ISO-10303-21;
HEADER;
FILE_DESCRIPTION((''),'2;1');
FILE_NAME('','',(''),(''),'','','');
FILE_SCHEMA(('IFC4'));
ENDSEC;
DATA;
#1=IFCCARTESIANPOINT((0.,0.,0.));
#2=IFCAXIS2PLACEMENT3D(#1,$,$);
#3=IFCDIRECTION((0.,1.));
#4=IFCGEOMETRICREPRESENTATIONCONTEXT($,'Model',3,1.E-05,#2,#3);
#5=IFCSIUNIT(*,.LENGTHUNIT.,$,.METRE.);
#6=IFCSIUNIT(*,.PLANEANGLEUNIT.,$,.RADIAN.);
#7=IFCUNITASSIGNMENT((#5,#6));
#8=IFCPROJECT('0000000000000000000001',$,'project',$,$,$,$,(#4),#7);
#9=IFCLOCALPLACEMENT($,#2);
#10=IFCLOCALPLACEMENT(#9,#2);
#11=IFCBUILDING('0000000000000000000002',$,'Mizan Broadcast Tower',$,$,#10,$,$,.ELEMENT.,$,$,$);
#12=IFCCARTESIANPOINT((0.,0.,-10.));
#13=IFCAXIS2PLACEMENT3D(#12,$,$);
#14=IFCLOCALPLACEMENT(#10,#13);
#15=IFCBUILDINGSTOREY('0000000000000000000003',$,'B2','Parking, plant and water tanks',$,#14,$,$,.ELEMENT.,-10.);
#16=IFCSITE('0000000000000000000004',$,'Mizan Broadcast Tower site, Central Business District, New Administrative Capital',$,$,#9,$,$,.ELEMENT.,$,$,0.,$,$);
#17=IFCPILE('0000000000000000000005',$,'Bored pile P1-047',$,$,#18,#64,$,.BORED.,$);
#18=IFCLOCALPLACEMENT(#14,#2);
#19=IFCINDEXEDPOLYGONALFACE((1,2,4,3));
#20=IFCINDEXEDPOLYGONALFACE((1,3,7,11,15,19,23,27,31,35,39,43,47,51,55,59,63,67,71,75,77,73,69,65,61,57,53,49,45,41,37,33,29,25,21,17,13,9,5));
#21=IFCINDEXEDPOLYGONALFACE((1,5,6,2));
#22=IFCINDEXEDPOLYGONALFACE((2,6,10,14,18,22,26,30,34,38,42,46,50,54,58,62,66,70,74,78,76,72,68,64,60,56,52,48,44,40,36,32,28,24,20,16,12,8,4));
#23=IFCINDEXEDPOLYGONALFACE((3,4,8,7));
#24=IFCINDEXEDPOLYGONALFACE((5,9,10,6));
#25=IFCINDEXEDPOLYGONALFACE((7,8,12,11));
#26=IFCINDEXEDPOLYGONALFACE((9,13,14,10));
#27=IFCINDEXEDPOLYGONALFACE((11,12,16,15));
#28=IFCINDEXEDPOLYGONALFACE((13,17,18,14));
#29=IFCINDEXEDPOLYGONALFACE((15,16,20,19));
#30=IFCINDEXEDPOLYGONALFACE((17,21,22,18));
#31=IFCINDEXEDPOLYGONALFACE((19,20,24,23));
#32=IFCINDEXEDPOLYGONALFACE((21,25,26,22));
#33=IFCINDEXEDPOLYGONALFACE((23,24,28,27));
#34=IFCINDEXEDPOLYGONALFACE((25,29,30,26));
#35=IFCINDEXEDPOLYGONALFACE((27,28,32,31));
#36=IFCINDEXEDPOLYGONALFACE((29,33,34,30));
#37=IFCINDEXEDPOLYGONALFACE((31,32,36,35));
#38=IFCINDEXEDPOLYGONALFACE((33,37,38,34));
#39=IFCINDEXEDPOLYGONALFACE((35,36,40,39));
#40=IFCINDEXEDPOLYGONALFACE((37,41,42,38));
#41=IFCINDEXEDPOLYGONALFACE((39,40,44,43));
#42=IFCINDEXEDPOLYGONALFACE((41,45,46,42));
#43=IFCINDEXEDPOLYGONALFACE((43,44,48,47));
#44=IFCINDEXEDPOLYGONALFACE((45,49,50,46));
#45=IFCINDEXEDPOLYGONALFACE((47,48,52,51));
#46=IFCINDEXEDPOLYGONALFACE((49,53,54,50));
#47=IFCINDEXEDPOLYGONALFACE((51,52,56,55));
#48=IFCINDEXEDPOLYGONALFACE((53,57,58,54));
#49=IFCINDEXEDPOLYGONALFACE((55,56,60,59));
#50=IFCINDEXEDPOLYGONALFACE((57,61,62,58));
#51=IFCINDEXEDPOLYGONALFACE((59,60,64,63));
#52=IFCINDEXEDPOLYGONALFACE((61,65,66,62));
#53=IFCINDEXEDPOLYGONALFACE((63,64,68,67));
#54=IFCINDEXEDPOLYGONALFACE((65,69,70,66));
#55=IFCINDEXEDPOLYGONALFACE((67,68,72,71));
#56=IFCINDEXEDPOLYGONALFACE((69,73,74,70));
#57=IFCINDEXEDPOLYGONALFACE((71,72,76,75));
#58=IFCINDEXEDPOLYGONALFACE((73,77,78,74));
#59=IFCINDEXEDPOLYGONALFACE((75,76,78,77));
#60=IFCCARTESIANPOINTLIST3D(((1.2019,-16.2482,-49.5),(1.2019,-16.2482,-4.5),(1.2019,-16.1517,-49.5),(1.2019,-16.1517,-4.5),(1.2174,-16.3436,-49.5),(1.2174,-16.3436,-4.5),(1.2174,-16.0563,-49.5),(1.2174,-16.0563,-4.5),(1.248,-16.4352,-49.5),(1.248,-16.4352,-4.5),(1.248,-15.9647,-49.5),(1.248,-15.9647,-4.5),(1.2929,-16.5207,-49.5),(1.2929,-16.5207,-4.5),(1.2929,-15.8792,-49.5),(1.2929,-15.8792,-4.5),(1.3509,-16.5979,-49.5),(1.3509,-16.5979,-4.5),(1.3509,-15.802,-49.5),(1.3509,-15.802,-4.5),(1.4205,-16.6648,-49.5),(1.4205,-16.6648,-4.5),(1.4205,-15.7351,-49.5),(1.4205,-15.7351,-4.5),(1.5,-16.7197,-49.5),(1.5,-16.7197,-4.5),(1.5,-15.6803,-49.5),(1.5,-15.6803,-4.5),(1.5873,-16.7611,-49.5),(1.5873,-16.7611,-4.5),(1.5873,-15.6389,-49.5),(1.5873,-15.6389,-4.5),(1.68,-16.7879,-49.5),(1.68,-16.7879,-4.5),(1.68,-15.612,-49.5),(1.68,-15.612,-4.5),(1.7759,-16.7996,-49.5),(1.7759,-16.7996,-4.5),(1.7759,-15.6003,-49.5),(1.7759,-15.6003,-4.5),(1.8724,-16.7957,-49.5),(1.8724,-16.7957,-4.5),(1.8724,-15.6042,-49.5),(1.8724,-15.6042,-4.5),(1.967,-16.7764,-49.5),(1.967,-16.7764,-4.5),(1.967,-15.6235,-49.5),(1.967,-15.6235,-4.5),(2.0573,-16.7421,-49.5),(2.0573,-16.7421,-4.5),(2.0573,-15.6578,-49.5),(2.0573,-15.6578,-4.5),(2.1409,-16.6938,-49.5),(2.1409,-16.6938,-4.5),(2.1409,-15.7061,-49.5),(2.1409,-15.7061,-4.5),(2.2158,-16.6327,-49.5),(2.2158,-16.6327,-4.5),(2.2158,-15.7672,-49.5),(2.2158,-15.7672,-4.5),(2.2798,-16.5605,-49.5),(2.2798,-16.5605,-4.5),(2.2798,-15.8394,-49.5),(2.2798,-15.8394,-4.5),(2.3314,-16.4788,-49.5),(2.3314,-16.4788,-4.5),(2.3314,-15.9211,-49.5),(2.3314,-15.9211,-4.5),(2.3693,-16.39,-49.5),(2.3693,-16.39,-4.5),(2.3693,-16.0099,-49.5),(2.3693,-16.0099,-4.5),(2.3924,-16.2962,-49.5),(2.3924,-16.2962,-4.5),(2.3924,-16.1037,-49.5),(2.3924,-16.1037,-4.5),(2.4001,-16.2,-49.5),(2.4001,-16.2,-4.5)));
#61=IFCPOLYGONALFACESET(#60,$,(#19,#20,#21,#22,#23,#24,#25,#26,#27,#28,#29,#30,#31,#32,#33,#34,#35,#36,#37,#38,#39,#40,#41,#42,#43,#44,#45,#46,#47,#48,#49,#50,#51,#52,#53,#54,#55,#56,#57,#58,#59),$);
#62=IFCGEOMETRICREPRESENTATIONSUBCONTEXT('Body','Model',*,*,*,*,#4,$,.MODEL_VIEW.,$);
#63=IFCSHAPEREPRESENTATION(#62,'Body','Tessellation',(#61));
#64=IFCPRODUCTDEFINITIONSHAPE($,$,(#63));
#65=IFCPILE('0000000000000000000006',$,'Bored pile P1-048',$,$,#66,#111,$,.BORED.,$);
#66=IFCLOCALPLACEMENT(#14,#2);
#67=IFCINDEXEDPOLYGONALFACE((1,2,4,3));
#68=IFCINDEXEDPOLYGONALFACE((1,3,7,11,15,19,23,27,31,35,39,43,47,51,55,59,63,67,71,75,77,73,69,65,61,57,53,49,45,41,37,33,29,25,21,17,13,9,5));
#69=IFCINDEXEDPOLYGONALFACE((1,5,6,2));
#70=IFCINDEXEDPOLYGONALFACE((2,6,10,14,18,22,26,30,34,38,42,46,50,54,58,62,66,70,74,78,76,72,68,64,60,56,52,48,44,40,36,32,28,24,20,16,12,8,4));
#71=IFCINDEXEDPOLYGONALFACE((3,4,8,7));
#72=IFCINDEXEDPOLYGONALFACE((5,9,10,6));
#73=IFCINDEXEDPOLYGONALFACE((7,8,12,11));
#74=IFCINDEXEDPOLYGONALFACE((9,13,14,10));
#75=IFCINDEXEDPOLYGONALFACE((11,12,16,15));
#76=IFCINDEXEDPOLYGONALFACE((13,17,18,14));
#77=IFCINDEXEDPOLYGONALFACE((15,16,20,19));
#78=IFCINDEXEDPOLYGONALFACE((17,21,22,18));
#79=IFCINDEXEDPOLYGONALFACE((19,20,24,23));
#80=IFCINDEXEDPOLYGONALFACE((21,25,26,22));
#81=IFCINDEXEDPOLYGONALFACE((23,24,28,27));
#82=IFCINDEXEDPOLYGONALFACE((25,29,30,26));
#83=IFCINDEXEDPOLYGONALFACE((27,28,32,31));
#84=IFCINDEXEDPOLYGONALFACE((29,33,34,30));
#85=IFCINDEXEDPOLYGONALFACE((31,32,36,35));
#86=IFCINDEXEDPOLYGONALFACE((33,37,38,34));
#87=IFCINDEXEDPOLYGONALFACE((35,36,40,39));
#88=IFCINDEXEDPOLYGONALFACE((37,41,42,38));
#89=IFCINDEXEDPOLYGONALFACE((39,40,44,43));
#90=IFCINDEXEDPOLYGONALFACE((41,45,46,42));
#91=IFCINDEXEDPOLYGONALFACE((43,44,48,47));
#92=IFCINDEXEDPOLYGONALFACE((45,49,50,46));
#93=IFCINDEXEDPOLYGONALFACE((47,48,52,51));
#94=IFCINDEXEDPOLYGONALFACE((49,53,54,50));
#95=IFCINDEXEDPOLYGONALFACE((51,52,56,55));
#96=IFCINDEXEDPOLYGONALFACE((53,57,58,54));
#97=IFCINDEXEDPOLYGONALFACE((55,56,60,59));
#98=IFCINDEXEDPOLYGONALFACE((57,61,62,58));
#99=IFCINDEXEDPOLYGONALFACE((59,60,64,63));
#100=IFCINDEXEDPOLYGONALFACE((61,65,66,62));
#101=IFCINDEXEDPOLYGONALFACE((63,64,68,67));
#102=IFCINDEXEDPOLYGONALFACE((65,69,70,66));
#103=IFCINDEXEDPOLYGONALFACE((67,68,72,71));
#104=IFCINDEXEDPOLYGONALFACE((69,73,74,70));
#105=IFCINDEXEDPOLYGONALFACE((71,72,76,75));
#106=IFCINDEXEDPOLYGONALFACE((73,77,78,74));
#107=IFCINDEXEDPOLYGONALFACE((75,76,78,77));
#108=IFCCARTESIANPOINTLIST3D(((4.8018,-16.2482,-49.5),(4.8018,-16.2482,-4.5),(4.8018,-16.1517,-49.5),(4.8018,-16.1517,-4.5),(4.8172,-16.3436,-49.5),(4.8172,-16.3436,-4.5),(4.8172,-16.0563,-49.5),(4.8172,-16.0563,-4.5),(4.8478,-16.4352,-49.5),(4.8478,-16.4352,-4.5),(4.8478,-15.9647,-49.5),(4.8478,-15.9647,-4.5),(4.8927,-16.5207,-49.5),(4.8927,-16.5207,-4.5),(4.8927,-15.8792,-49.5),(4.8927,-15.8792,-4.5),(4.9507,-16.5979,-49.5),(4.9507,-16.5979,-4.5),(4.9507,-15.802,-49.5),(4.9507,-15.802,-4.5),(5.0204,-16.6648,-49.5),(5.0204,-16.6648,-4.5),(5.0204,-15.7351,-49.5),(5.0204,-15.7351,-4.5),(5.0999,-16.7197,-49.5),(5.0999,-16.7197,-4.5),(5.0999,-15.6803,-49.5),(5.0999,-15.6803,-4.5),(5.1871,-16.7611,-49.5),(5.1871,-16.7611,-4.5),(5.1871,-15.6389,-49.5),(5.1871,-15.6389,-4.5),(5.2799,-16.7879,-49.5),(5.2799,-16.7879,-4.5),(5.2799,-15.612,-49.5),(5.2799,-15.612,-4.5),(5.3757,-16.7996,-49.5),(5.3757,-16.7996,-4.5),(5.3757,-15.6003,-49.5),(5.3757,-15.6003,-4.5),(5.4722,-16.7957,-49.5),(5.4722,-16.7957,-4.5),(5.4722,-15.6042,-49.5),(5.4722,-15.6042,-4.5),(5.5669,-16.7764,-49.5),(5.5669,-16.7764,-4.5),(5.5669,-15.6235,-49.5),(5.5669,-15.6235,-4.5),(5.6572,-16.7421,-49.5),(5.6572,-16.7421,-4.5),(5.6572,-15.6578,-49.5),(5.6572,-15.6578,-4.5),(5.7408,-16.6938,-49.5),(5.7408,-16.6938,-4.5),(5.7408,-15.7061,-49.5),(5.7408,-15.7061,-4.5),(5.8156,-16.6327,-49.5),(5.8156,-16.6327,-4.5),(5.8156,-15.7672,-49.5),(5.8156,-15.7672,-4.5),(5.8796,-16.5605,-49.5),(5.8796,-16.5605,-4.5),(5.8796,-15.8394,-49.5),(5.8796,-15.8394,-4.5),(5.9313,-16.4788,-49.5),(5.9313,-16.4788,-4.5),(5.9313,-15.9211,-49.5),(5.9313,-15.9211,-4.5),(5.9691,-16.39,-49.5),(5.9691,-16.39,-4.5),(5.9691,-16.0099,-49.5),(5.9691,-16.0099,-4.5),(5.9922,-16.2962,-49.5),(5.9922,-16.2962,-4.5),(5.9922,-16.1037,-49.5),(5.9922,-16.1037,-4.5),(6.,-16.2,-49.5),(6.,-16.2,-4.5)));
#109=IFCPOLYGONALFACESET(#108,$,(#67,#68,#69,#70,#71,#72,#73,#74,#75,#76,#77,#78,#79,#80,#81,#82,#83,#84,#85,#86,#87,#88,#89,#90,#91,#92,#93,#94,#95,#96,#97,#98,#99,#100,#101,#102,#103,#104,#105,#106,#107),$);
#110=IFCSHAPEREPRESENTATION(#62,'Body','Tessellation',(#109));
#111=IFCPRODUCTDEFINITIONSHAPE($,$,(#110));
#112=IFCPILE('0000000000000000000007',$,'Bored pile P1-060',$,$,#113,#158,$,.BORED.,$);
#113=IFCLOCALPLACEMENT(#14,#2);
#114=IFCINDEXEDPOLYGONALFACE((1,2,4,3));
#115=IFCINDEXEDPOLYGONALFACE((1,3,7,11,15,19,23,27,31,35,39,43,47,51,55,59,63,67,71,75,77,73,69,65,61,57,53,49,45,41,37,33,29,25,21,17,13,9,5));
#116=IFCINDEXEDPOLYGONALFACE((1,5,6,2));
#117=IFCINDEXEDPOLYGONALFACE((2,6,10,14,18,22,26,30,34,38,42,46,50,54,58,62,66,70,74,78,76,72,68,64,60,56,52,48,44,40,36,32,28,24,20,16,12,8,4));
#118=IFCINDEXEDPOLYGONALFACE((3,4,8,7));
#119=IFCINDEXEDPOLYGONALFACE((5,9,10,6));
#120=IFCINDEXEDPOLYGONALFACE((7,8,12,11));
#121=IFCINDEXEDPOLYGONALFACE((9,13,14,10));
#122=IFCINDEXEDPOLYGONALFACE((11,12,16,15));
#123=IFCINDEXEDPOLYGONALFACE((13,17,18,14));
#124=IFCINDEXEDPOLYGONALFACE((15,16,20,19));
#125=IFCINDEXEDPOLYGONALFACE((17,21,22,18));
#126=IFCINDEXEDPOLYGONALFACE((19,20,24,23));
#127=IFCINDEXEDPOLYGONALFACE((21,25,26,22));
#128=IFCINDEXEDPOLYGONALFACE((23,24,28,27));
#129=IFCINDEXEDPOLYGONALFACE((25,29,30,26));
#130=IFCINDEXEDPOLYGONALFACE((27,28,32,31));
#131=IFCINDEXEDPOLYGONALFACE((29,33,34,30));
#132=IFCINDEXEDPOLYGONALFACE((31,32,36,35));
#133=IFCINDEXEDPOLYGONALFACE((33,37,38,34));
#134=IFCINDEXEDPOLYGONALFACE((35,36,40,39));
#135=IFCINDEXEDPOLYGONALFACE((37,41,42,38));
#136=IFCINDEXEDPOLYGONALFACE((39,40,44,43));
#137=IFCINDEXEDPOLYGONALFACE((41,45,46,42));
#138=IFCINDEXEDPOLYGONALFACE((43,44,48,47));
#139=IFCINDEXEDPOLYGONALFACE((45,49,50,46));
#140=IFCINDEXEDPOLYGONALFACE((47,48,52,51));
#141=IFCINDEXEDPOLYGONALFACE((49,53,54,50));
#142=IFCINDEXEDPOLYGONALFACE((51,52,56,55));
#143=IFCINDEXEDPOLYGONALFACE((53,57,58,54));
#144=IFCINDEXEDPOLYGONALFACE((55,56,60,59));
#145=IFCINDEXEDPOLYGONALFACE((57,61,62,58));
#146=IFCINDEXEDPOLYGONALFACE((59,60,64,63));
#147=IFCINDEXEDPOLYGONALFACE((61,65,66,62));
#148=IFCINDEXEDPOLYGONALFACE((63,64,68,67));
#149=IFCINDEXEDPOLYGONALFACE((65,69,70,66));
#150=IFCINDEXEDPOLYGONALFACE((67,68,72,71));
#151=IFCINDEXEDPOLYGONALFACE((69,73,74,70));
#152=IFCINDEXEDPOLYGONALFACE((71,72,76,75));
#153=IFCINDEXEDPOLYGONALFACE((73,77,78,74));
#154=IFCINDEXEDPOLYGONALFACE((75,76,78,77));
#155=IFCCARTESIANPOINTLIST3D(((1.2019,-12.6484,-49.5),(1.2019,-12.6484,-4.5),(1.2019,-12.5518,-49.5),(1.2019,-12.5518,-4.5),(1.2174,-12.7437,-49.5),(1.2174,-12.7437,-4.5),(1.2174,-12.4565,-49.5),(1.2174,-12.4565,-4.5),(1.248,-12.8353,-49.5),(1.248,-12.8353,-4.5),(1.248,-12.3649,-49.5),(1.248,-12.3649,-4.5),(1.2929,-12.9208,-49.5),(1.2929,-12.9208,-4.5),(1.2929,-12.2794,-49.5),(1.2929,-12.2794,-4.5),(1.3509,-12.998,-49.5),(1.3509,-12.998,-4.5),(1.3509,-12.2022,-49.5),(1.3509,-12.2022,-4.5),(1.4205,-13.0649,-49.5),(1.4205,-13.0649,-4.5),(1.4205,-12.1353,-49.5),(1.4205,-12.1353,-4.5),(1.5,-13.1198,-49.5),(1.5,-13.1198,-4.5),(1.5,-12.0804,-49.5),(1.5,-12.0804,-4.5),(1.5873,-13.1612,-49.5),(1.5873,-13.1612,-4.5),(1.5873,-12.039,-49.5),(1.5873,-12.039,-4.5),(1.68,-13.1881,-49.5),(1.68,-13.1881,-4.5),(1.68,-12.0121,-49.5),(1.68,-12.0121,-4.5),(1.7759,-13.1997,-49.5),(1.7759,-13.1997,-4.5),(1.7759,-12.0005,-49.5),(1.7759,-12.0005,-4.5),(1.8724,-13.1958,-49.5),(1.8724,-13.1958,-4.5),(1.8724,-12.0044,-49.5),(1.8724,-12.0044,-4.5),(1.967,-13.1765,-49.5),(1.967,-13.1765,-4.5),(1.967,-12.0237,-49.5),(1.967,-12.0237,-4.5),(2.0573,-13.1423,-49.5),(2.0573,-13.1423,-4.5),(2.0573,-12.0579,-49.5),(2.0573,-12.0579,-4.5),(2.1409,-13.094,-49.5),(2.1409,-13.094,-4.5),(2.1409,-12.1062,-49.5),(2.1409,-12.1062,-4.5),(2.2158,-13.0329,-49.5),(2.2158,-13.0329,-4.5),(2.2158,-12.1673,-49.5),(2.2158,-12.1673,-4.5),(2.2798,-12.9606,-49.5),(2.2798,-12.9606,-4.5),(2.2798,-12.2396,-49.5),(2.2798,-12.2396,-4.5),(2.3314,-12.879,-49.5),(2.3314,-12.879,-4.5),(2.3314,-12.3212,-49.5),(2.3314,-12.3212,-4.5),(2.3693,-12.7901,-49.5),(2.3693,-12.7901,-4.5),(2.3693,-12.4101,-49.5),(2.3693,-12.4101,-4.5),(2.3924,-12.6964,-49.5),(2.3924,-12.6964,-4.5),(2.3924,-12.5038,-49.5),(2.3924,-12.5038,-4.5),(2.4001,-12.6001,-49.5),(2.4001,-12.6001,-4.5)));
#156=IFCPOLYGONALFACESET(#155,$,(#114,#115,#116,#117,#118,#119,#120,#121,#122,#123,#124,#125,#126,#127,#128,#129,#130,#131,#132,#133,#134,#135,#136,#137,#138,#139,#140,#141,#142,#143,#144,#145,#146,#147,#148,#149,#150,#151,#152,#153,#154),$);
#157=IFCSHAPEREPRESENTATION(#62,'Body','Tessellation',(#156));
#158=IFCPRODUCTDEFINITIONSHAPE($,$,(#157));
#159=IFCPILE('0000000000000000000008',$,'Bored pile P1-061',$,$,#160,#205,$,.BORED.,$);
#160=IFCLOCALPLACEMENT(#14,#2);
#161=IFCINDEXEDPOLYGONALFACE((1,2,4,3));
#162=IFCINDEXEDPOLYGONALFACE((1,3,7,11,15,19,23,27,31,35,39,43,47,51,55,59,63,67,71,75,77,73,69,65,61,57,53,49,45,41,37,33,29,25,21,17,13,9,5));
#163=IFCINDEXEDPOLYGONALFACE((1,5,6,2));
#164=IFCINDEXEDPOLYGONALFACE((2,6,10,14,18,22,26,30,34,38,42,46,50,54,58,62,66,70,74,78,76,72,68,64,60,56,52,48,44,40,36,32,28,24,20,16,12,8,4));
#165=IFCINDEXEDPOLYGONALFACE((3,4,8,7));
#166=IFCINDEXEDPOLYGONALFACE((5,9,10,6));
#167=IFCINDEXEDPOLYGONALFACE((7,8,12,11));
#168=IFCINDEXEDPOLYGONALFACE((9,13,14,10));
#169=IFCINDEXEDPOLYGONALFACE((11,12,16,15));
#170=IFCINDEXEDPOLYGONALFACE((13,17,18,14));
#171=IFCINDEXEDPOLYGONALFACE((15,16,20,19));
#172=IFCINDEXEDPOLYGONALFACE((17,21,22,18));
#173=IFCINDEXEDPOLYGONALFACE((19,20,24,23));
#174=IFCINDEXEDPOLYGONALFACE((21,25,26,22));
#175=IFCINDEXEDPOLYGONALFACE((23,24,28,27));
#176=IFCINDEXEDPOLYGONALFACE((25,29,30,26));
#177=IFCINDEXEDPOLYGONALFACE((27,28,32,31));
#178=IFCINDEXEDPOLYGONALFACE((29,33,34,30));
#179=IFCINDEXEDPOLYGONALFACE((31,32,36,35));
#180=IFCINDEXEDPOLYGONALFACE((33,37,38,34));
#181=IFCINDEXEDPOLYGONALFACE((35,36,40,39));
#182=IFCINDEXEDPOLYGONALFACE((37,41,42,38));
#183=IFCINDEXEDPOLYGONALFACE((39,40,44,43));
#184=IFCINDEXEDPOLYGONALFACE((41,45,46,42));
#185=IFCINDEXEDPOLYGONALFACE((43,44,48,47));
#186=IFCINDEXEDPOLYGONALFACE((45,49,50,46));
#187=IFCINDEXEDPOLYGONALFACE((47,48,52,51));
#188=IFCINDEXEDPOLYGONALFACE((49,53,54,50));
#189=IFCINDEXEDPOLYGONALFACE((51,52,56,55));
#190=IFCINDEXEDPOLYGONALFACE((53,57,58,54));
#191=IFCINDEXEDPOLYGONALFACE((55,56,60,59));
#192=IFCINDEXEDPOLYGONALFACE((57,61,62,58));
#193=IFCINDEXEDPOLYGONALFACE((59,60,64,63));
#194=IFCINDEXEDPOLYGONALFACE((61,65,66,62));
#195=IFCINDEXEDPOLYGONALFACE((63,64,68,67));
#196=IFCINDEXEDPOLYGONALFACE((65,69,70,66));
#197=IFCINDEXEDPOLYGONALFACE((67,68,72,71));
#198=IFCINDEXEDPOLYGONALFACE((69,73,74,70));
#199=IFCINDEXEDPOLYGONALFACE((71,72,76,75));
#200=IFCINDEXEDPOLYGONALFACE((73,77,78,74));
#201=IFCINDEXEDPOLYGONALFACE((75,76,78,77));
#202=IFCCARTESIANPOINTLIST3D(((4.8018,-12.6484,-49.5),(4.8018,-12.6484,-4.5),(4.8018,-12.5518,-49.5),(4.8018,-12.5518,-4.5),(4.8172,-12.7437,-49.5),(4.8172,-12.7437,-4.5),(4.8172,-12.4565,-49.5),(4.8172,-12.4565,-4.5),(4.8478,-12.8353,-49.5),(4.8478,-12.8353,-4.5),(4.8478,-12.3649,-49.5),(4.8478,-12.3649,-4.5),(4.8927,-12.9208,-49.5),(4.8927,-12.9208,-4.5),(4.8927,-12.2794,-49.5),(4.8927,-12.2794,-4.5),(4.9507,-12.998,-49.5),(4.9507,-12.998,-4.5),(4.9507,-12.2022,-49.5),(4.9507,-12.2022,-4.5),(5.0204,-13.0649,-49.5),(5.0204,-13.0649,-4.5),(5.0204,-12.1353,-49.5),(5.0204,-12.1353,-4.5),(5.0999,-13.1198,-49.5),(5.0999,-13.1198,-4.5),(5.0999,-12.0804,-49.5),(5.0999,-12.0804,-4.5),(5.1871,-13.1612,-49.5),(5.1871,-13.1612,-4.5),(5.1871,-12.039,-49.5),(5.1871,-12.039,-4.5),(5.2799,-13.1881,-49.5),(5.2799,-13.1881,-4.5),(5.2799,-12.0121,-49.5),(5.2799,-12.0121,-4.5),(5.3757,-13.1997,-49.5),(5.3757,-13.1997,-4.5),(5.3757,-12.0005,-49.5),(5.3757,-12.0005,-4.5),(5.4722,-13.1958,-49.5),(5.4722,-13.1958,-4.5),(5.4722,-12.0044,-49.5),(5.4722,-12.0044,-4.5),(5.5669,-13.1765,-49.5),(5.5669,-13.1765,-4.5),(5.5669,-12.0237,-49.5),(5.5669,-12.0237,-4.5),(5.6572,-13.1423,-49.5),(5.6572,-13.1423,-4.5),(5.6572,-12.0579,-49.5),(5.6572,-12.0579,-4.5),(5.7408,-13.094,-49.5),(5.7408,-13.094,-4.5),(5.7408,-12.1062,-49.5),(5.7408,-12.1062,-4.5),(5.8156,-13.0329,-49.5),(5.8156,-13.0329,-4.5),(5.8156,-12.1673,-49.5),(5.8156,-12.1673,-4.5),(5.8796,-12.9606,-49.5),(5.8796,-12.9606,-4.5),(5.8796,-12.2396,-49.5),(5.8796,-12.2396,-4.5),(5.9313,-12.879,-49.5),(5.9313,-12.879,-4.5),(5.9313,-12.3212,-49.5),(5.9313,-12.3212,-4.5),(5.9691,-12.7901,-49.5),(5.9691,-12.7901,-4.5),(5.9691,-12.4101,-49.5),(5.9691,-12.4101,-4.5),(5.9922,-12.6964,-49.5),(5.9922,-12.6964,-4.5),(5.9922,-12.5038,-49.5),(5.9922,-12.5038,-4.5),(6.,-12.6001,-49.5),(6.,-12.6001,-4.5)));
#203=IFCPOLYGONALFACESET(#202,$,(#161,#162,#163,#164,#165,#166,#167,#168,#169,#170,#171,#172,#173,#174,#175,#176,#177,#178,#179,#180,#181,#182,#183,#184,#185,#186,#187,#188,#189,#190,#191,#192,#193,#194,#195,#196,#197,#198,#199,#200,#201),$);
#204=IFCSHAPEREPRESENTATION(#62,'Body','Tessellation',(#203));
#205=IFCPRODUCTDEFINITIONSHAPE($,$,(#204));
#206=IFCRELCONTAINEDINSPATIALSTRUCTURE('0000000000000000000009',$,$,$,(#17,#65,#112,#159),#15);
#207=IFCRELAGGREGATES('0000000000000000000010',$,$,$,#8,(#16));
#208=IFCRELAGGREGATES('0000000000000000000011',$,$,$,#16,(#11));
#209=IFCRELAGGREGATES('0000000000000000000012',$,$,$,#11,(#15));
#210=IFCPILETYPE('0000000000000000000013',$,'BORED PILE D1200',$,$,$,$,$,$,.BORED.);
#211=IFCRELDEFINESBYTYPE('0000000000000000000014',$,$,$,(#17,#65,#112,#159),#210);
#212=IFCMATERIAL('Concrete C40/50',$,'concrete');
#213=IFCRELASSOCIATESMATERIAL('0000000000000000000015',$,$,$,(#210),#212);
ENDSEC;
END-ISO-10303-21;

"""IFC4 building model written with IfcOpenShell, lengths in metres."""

from ifc_helpers import new_model, si_unit, direction, frame, origin, origin_2d, place, context, subcontext, project, spatial, circle, extrude, material, material_profile, profile_set, type_object, element, save


model = new_model("IFC4")

# Units and contexts
model_context = context("Model", 3, precision=1e-05, world=origin(), true_north=direction((0.0, 1.0)))
body_context = subcontext(model_context, "Body", "Model", "MODEL_VIEW")
ifc_project = project(units=[si_unit("LENGTHUNIT", "METRE"), si_unit("PLANEANGLEUNIT", "RADIAN")], contexts=[model_context])

# Site, building, storey
site_placement = place(None, origin())
site = spatial("IfcSite", under=ifc_project, at=site_placement, Name="Mizan Broadcast Tower site, Central Business District, New Administrative Capital", CompositionType="ELEMENT", RefElevation=0.0)
building_placement = place(site_placement, origin())
building = spatial("IfcBuilding", under=site, at=building_placement, Name="Mizan Broadcast Tower", CompositionType="ELEMENT")
storey_placement = place(building_placement, frame((0.0, 0.0, -10.0)))
storey = spatial("IfcBuildingStorey", under=building, at=storey_placement, Name="B2", Description="Parking, plant and water tanks", CompositionType="ELEMENT", Elevation=-10.0)

# Piles
ifc_material_1 = material(Name="Concrete C40/50", Category="concrete")
ifc_material_profile = material_profile(ifc_material_1, circle(Radius=0.6001, at=origin_2d()), Name="D1200")
ifc_profile_set = profile_set([ifc_material_profile], Name="Concrete C40/50")
pile_type = type_object("IfcPileType", Name="BORED PILE D1200", PredefinedType="BORED", material=ifc_profile_set)
for number, where, z_axis, x_axis, name in (
    (1, (1.8, -16.2, -4.5), (0.0, 0.0, -1.0), (1.0, 0.0, 0.0), "Bored pile P1-047"),
    (2, (5.3999, -16.2, -4.5), (0.0, 0.0, -1.0), (1.0, 0.0, 0.0), "Bored pile P1-048"),
    (3, (1.8, -12.6001, -4.5), (0.0, 0.0, -1.0), (1.0, 0.0, 0.0), "Bored pile P1-060"),
    (4, (5.3999, -12.6001, -4.5), (0.0, 0.0, -1.0), (1.0, 0.0, 0.0), "Bored pile P1-061"),
):
    element("IfcPile", number, at=place(storey_placement, frame(where, z_axis=z_axis, x_axis=x_axis)), inside=storey, type_object=pile_type, Name=name, PredefinedType="BORED", context=body_context, shape_type="SweptSolid", body=[
        extrude(circle(Radius=0.6001, at=origin_2d()), origin(), (0.0, 0.0, 1.0), 45.0),
    ])

save(model, "model.ifc")
